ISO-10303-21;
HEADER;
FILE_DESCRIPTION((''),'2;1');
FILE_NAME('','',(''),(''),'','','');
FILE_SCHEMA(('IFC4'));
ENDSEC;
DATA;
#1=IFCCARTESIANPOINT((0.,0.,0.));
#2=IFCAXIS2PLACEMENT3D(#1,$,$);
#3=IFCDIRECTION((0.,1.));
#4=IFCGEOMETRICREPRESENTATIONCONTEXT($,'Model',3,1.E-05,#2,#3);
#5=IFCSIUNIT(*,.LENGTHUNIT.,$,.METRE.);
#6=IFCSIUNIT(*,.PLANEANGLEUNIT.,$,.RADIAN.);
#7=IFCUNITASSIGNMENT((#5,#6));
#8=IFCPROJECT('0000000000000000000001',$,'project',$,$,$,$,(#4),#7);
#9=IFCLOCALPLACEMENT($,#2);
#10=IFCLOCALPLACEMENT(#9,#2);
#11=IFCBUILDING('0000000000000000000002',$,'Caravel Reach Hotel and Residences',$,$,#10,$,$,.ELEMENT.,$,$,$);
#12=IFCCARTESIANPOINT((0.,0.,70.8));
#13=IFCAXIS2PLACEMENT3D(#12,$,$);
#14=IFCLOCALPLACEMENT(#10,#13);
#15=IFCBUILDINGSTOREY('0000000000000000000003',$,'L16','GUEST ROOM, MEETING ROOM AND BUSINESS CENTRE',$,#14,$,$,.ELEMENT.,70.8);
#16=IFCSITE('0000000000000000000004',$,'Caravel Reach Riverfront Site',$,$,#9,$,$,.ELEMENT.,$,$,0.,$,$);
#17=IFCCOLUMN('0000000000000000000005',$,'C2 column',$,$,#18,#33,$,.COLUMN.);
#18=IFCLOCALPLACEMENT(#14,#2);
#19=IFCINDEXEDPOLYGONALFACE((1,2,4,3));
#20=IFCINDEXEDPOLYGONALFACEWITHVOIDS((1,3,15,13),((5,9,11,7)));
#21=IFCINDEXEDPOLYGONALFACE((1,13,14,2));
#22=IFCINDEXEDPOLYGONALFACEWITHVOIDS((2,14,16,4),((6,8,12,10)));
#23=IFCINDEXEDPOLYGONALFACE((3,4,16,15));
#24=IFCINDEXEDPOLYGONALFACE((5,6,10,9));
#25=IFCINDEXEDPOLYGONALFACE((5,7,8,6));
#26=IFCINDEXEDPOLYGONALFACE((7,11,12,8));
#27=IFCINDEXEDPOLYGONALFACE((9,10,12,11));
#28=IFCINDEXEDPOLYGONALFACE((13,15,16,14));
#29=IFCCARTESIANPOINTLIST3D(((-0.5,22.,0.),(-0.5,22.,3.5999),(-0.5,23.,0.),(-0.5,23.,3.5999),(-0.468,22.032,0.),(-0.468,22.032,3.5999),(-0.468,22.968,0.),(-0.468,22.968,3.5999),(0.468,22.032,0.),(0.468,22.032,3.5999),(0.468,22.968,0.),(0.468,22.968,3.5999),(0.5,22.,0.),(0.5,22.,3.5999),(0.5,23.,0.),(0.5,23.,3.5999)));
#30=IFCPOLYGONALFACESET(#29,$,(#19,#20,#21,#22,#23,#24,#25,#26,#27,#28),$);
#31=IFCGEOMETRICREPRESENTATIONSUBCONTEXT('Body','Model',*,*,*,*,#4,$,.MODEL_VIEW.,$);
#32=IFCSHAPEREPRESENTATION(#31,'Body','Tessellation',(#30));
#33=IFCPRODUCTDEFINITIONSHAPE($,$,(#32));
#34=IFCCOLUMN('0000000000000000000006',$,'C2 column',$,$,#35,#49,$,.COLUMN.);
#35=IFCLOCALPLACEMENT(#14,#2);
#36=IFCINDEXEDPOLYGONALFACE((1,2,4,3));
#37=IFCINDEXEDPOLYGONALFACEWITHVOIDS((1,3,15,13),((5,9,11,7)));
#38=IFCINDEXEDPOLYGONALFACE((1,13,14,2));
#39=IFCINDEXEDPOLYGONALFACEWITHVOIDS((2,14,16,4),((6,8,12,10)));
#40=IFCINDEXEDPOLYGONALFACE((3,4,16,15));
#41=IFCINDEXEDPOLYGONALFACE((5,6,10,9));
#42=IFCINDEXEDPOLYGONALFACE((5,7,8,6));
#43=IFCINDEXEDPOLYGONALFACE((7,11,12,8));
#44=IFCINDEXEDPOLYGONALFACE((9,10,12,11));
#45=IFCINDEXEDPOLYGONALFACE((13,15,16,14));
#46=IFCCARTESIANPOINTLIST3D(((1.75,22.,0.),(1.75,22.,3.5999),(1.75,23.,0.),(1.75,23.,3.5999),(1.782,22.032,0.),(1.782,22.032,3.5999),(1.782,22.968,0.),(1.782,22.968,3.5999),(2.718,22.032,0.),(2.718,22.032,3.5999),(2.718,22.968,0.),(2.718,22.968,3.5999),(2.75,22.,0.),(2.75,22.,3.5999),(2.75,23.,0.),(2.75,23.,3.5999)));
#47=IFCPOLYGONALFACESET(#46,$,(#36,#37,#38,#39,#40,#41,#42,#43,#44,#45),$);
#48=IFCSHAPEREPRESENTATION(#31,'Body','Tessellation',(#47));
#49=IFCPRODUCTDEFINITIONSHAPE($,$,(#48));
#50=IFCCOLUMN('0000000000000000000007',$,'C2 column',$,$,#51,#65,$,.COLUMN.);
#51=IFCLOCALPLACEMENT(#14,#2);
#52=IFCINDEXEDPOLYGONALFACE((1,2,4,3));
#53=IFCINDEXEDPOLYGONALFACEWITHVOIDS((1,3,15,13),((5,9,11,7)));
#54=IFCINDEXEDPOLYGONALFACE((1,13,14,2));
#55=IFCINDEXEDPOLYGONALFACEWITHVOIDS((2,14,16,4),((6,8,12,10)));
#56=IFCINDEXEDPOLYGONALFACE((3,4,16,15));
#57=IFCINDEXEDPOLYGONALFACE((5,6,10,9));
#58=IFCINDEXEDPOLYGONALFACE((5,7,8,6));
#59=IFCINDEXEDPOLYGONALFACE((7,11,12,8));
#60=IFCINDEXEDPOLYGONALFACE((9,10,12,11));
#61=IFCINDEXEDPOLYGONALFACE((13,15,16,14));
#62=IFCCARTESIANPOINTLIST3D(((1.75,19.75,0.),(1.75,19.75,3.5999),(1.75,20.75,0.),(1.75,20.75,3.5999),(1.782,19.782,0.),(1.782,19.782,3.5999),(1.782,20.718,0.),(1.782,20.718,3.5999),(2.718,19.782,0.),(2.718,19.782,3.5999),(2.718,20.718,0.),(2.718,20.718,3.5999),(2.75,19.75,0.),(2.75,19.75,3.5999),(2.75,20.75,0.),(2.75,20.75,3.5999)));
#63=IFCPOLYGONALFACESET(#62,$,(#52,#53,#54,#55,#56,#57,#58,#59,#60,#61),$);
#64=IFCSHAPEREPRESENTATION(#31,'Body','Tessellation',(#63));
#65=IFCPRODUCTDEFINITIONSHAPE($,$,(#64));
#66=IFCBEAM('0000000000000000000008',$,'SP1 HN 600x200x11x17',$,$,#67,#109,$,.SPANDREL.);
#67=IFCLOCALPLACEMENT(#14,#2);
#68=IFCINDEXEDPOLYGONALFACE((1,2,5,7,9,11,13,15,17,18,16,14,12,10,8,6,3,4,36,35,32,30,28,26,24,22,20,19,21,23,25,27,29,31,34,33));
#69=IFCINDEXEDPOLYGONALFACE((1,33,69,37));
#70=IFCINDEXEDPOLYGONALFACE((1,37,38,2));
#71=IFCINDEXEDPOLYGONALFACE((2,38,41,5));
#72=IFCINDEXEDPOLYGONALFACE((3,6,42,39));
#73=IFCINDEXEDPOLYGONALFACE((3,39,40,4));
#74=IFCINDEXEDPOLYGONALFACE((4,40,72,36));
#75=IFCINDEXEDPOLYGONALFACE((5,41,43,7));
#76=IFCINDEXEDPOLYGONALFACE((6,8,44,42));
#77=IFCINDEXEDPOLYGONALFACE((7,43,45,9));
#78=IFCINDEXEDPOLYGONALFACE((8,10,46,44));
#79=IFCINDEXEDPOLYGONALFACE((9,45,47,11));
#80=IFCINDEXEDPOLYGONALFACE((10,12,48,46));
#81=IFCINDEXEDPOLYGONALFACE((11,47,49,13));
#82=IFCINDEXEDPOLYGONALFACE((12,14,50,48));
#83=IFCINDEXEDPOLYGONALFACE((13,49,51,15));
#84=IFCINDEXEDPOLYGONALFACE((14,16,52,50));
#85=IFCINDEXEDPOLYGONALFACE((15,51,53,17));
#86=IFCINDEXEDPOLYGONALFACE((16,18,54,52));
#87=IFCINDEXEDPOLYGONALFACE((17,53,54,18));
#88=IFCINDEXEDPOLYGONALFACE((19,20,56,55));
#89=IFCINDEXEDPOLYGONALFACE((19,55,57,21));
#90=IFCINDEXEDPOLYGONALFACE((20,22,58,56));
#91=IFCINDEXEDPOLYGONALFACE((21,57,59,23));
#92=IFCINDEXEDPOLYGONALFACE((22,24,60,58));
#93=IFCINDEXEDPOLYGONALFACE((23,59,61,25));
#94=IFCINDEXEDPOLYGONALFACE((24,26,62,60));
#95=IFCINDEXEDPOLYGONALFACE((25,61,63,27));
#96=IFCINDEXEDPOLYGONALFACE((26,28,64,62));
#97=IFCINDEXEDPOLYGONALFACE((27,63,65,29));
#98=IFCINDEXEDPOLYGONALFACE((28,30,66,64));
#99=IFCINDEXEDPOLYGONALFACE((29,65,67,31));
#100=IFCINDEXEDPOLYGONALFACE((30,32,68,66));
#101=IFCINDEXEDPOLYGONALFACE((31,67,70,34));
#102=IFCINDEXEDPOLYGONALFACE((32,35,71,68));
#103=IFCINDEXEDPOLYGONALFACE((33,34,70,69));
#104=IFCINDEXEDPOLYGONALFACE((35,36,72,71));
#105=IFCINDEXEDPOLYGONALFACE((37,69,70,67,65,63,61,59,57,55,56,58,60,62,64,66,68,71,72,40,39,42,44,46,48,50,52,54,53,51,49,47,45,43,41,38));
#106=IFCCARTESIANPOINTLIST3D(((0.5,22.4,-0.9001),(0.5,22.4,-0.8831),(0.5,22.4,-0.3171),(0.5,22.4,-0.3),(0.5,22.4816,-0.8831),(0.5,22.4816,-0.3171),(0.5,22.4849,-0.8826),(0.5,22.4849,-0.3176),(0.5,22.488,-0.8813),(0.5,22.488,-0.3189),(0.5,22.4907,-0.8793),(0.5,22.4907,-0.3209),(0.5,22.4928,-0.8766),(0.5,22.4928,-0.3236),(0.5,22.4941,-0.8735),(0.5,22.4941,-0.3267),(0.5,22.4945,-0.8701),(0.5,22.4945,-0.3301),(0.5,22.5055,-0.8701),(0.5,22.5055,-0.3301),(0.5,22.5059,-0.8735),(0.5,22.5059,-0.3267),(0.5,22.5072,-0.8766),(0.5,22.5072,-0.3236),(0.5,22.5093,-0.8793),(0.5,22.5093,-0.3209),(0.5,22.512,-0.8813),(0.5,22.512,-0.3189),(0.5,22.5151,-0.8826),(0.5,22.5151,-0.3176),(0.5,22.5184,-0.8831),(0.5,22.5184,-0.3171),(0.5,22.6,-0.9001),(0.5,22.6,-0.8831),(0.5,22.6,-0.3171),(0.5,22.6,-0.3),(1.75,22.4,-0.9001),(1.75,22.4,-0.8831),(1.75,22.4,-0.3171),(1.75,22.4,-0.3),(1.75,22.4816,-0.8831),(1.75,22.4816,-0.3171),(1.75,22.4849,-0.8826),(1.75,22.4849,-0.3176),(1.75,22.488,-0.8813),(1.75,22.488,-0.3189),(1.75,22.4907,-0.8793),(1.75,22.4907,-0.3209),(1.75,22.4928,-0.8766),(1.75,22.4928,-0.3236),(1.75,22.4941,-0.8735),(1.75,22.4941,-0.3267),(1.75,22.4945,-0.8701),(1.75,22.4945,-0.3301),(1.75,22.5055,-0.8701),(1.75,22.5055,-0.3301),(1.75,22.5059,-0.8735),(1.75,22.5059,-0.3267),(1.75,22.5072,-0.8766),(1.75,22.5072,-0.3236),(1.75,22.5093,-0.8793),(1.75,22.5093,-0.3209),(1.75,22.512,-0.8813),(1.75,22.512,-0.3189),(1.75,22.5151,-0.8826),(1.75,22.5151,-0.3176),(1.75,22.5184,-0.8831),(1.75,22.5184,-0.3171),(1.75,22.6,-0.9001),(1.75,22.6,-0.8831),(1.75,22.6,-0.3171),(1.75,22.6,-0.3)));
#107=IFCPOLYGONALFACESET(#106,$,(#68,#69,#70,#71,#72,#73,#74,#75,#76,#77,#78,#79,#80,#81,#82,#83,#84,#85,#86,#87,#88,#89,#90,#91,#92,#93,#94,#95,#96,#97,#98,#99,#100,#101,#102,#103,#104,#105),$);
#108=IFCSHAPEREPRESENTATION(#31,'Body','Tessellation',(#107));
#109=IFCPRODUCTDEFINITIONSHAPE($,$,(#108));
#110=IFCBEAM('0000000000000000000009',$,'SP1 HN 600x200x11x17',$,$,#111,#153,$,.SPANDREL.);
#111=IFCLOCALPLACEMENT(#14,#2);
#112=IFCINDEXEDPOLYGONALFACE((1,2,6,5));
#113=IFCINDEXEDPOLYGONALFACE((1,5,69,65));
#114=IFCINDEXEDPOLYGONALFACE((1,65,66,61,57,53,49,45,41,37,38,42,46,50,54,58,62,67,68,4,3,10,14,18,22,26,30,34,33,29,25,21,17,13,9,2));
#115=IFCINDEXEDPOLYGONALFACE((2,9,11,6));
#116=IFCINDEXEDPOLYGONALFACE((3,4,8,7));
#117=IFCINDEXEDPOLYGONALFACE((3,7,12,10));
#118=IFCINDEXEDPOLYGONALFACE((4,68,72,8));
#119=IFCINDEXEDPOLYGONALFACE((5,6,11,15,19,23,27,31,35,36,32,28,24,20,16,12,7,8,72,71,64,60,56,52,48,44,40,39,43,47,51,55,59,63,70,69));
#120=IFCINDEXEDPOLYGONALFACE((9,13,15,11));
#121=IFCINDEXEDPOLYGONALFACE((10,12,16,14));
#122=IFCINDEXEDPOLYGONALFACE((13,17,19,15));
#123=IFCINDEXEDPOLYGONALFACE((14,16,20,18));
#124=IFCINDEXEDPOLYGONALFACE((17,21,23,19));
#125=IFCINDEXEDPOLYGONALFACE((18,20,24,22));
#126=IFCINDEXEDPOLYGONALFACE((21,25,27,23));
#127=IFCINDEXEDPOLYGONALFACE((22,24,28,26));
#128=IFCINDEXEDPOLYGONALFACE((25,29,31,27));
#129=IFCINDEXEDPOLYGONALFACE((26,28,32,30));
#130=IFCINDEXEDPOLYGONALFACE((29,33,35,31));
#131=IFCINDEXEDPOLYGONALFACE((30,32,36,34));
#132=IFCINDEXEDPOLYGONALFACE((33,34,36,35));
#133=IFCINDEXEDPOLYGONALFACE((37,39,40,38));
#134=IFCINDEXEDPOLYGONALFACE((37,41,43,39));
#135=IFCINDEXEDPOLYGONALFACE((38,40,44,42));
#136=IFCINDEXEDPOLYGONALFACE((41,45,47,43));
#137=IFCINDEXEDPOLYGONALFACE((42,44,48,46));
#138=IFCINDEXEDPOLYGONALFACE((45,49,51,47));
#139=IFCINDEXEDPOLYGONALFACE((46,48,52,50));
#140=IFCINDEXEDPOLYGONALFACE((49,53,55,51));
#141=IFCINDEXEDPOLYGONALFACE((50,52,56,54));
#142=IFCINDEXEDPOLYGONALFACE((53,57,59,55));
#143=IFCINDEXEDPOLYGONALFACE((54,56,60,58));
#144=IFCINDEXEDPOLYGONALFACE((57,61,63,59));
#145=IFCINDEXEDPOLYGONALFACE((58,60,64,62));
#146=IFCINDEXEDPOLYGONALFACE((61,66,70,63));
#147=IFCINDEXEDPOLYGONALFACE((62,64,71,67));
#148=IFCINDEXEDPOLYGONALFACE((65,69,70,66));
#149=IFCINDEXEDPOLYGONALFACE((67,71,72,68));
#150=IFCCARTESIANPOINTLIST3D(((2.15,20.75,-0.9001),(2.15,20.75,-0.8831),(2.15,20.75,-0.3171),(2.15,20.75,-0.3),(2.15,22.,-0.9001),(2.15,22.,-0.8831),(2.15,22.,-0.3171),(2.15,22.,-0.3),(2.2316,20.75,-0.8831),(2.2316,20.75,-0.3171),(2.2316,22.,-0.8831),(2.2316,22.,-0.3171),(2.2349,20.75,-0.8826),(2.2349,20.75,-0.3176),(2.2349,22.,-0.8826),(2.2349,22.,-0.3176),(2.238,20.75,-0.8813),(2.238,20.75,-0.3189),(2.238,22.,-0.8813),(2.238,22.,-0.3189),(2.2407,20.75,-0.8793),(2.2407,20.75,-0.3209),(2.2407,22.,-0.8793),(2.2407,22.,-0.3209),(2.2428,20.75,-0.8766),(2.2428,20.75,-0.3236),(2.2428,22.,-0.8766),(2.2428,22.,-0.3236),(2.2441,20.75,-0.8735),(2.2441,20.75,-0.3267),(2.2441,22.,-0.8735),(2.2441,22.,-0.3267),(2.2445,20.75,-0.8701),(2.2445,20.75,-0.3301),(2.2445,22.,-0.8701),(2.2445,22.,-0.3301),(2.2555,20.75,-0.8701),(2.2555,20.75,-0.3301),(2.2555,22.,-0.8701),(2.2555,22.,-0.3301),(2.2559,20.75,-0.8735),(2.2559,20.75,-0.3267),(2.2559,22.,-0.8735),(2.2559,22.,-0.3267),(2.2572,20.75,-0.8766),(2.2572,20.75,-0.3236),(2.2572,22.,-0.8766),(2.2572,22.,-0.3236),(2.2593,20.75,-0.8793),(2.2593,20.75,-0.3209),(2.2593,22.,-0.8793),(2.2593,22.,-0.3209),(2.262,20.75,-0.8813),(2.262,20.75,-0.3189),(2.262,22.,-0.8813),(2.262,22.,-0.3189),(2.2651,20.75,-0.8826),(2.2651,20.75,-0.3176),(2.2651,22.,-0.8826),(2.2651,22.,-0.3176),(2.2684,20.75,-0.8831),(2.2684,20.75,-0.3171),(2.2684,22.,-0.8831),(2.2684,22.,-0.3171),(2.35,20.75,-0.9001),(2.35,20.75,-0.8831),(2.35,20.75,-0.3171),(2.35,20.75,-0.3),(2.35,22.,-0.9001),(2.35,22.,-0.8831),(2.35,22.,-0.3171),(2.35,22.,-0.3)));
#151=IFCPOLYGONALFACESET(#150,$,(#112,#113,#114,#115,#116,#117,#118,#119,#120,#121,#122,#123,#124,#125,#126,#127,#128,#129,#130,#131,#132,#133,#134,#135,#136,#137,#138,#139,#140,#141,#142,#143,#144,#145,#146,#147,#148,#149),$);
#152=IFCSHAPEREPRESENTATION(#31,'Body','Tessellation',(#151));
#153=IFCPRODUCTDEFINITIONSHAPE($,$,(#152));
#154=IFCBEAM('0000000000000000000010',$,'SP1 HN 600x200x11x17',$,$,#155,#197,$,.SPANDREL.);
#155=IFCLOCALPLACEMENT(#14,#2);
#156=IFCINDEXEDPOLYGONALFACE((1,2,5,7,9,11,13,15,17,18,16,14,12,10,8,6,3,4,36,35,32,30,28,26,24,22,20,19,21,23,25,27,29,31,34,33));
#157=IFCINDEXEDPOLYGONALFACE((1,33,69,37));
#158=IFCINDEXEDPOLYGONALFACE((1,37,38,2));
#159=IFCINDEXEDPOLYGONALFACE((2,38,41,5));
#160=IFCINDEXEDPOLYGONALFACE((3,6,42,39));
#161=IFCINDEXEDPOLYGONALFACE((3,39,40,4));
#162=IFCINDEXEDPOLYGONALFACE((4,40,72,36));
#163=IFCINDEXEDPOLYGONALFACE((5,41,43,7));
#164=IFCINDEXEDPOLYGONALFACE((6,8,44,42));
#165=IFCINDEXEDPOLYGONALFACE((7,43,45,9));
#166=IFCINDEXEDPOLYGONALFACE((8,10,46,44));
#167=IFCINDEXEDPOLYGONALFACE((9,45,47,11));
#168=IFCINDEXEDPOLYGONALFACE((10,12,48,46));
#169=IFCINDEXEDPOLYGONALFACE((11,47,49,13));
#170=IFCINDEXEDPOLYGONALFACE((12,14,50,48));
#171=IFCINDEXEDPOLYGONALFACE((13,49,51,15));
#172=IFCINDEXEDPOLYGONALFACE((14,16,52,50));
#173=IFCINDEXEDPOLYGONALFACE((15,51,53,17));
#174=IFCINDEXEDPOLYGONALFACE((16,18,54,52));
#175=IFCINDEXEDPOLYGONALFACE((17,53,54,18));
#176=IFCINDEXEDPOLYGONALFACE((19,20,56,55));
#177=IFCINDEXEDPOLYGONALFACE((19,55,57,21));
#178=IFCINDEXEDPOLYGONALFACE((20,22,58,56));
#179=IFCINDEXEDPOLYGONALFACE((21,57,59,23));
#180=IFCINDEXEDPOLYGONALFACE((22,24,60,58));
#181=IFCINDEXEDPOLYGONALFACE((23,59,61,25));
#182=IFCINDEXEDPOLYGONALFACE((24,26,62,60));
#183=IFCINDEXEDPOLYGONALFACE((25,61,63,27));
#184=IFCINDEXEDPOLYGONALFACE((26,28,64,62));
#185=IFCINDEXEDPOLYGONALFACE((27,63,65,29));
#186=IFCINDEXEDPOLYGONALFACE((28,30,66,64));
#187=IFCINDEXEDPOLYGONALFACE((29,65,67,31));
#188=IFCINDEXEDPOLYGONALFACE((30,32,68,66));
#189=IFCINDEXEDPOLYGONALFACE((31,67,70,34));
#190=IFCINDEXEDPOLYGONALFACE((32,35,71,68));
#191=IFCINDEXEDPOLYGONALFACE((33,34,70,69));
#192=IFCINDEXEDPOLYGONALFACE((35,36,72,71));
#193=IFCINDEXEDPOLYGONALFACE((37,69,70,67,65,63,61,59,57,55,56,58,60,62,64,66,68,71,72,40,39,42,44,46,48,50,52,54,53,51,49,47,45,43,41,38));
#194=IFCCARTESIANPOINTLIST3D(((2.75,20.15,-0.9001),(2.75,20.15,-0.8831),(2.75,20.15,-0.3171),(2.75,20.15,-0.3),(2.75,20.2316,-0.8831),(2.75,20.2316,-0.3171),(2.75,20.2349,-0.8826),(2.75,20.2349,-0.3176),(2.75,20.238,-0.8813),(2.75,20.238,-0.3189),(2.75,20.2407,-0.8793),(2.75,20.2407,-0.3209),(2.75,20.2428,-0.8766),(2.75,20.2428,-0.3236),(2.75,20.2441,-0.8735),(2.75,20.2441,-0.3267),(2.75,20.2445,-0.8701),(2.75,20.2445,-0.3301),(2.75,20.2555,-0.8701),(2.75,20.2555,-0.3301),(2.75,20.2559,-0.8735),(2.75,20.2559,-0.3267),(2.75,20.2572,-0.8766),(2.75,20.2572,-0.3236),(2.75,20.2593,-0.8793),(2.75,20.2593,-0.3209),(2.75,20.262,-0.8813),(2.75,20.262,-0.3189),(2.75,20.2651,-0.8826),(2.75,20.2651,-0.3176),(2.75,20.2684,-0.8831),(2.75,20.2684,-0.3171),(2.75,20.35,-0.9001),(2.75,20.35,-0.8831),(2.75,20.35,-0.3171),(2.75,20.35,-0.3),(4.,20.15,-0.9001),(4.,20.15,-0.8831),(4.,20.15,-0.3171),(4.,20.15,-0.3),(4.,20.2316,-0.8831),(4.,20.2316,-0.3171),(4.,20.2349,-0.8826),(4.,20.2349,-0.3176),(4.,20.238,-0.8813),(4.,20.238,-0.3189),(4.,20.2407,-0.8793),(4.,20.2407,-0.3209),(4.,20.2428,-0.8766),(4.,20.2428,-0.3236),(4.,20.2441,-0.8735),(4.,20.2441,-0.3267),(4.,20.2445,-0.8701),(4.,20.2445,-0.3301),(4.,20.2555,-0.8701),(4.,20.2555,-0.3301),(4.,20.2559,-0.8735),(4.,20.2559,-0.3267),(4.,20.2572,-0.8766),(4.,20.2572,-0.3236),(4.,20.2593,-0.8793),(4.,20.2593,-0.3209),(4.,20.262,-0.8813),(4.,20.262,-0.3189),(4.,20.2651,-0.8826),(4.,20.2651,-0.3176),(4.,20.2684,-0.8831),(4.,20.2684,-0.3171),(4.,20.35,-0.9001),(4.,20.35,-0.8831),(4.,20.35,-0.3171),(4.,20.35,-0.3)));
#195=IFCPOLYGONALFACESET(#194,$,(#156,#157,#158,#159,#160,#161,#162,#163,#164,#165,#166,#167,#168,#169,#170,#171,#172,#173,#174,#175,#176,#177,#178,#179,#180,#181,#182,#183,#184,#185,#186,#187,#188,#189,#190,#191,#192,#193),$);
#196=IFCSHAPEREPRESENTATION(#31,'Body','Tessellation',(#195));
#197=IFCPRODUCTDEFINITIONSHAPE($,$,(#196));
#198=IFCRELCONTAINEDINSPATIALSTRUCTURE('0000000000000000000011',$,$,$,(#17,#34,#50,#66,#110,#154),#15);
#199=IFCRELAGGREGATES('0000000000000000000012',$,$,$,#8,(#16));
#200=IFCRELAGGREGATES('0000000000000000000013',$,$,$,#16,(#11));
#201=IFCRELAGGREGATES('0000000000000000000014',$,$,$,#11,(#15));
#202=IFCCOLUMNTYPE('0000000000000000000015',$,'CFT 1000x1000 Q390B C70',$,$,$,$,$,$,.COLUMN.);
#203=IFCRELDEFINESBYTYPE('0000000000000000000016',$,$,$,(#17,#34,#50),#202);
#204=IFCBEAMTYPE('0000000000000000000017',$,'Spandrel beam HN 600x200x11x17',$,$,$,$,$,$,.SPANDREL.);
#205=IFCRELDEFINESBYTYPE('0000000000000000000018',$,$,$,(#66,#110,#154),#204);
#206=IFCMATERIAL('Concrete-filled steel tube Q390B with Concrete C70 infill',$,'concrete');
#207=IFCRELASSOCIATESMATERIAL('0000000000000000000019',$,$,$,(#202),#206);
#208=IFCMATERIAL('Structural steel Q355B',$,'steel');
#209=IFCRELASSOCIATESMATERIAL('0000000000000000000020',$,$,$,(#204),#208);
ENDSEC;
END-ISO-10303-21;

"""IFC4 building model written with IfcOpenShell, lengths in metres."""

from ifc_helpers import new_model, si_unit, direction, frame, origin, origin_2d, place, context, subcontext, project, spatial, hollow_rectangle, i_section, extrude, material, material_profile, profile_set, type_object, element, save


model = new_model("IFC4")

# Units and contexts
model_context = context("Model", 3, precision=1e-05, world=origin(), true_north=direction((0.0, 1.0)))
body_context = subcontext(model_context, "Body", "Model", "MODEL_VIEW")
ifc_project = project(units=[si_unit("LENGTHUNIT", "METRE"), si_unit("PLANEANGLEUNIT", "RADIAN")], contexts=[model_context])

# Site, building, storey
site_placement = place(None, origin())
site = spatial("IfcSite", under=ifc_project, at=site_placement, Name="Caravel Reach Riverfront Site", CompositionType="ELEMENT", RefElevation=0.0)
building_placement = place(site_placement, origin())
building = spatial("IfcBuilding", under=site, at=building_placement, Name="Caravel Reach Hotel and Residences", CompositionType="ELEMENT")
storey_placement = place(building_placement, frame((0.0, 0.0, 70.8)))
storey = spatial("IfcBuildingStorey", under=building, at=storey_placement, Name="L16", Description="GUEST ROOM, MEETING ROOM AND BUSINESS CENTRE", CompositionType="ELEMENT", Elevation=70.8)

# Columns
ifc_material_1 = material(Name="Concrete-filled steel tube Q390B with Concrete C70 infill", Category="concrete")
ifc_material_profile_1 = material_profile(ifc_material_1, hollow_rectangle(XDim=1.0, YDim=1.0, WallThickness=0.032, at=origin_2d()), Name="RHS 1000x1000x32")
ifc_profile_set_1 = profile_set([ifc_material_profile_1], Name="Concrete-filled steel tube Q390B with Concrete C70 infill")
column_type = type_object("IfcColumnType", Name="CFT 1000x1000 Q390B C70", PredefinedType="COLUMN", material=ifc_profile_set_1)
for number, where, z_axis, x_axis, name in (
    (1, (0.0, 22.5, 0.0), (0.0, 0.0, 1.0), (1.0, 0.0, 0.0), "C2 column"),
    (2, (2.25, 22.5, 0.0), (0.0, 0.0, 1.0), (1.0, 0.0, 0.0), "C2 column"),
    (3, (2.25, 20.25, 0.0), (0.0, 0.0, 1.0), (1.0, 0.0, 0.0), "C2 column"),
):
    element("IfcColumn", number, at=place(storey_placement, frame(where, z_axis=z_axis, x_axis=x_axis)), inside=storey, type_object=column_type, Name=name, PredefinedType="COLUMN", context=body_context, shape_type="SweptSolid", body=[
        extrude(hollow_rectangle(XDim=1.0, YDim=1.0, WallThickness=0.032, at=origin_2d()), origin(), (0.0, 0.0, 1.0), 3.5999),
    ])

# Beams
ifc_material_2 = material(Name="Structural steel Q355B", Category="steel")
ifc_material_profile_2 = material_profile(ifc_material_2, i_section(OverallWidth=0.2, OverallDepth=0.6001, WebThickness=0.011, FlangeThickness=0.0171, FilletRadius=0.0129, at=origin_2d()), Name="HN 600x200x11x17")
ifc_profile_set_2 = profile_set([ifc_material_profile_2], Name="Structural steel Q355B")
beam_type = type_object("IfcBeamType", Name="Spandrel beam HN 600x200x11x17", PredefinedType="SPANDREL", material=ifc_profile_set_2)
for number, where, z_axis, x_axis, name in (
    (4, (0.5, 22.5, -0.6001), (1.0, 0.0, 0.0), (0.0, 1.0, 0.0), "SP1 HN 600x200x11x17"),
    (5, (2.25, 22.0, -0.6001), (0.0, -1.0, 0.0), (1.0, 0.0, 0.0), "SP1 HN 600x200x11x17"),
    (6, (2.75, 20.25, -0.6001), (1.0, 0.0, 0.0), (0.0, 1.0, 0.0), "SP1 HN 600x200x11x17"),
):
    element("IfcBeam", number, at=place(storey_placement, frame(where, z_axis=z_axis, x_axis=x_axis)), inside=storey, type_object=beam_type, Name=name, PredefinedType="SPANDREL", context=body_context, shape_type="SweptSolid", body=[
        extrude(i_section(OverallWidth=0.2, OverallDepth=0.6001, WebThickness=0.011, FlangeThickness=0.0171, FilletRadius=0.0129, at=origin_2d()), origin(), (0.0, 0.0, 1.0), 1.25),
    ])

save(model, "model.ifc")
